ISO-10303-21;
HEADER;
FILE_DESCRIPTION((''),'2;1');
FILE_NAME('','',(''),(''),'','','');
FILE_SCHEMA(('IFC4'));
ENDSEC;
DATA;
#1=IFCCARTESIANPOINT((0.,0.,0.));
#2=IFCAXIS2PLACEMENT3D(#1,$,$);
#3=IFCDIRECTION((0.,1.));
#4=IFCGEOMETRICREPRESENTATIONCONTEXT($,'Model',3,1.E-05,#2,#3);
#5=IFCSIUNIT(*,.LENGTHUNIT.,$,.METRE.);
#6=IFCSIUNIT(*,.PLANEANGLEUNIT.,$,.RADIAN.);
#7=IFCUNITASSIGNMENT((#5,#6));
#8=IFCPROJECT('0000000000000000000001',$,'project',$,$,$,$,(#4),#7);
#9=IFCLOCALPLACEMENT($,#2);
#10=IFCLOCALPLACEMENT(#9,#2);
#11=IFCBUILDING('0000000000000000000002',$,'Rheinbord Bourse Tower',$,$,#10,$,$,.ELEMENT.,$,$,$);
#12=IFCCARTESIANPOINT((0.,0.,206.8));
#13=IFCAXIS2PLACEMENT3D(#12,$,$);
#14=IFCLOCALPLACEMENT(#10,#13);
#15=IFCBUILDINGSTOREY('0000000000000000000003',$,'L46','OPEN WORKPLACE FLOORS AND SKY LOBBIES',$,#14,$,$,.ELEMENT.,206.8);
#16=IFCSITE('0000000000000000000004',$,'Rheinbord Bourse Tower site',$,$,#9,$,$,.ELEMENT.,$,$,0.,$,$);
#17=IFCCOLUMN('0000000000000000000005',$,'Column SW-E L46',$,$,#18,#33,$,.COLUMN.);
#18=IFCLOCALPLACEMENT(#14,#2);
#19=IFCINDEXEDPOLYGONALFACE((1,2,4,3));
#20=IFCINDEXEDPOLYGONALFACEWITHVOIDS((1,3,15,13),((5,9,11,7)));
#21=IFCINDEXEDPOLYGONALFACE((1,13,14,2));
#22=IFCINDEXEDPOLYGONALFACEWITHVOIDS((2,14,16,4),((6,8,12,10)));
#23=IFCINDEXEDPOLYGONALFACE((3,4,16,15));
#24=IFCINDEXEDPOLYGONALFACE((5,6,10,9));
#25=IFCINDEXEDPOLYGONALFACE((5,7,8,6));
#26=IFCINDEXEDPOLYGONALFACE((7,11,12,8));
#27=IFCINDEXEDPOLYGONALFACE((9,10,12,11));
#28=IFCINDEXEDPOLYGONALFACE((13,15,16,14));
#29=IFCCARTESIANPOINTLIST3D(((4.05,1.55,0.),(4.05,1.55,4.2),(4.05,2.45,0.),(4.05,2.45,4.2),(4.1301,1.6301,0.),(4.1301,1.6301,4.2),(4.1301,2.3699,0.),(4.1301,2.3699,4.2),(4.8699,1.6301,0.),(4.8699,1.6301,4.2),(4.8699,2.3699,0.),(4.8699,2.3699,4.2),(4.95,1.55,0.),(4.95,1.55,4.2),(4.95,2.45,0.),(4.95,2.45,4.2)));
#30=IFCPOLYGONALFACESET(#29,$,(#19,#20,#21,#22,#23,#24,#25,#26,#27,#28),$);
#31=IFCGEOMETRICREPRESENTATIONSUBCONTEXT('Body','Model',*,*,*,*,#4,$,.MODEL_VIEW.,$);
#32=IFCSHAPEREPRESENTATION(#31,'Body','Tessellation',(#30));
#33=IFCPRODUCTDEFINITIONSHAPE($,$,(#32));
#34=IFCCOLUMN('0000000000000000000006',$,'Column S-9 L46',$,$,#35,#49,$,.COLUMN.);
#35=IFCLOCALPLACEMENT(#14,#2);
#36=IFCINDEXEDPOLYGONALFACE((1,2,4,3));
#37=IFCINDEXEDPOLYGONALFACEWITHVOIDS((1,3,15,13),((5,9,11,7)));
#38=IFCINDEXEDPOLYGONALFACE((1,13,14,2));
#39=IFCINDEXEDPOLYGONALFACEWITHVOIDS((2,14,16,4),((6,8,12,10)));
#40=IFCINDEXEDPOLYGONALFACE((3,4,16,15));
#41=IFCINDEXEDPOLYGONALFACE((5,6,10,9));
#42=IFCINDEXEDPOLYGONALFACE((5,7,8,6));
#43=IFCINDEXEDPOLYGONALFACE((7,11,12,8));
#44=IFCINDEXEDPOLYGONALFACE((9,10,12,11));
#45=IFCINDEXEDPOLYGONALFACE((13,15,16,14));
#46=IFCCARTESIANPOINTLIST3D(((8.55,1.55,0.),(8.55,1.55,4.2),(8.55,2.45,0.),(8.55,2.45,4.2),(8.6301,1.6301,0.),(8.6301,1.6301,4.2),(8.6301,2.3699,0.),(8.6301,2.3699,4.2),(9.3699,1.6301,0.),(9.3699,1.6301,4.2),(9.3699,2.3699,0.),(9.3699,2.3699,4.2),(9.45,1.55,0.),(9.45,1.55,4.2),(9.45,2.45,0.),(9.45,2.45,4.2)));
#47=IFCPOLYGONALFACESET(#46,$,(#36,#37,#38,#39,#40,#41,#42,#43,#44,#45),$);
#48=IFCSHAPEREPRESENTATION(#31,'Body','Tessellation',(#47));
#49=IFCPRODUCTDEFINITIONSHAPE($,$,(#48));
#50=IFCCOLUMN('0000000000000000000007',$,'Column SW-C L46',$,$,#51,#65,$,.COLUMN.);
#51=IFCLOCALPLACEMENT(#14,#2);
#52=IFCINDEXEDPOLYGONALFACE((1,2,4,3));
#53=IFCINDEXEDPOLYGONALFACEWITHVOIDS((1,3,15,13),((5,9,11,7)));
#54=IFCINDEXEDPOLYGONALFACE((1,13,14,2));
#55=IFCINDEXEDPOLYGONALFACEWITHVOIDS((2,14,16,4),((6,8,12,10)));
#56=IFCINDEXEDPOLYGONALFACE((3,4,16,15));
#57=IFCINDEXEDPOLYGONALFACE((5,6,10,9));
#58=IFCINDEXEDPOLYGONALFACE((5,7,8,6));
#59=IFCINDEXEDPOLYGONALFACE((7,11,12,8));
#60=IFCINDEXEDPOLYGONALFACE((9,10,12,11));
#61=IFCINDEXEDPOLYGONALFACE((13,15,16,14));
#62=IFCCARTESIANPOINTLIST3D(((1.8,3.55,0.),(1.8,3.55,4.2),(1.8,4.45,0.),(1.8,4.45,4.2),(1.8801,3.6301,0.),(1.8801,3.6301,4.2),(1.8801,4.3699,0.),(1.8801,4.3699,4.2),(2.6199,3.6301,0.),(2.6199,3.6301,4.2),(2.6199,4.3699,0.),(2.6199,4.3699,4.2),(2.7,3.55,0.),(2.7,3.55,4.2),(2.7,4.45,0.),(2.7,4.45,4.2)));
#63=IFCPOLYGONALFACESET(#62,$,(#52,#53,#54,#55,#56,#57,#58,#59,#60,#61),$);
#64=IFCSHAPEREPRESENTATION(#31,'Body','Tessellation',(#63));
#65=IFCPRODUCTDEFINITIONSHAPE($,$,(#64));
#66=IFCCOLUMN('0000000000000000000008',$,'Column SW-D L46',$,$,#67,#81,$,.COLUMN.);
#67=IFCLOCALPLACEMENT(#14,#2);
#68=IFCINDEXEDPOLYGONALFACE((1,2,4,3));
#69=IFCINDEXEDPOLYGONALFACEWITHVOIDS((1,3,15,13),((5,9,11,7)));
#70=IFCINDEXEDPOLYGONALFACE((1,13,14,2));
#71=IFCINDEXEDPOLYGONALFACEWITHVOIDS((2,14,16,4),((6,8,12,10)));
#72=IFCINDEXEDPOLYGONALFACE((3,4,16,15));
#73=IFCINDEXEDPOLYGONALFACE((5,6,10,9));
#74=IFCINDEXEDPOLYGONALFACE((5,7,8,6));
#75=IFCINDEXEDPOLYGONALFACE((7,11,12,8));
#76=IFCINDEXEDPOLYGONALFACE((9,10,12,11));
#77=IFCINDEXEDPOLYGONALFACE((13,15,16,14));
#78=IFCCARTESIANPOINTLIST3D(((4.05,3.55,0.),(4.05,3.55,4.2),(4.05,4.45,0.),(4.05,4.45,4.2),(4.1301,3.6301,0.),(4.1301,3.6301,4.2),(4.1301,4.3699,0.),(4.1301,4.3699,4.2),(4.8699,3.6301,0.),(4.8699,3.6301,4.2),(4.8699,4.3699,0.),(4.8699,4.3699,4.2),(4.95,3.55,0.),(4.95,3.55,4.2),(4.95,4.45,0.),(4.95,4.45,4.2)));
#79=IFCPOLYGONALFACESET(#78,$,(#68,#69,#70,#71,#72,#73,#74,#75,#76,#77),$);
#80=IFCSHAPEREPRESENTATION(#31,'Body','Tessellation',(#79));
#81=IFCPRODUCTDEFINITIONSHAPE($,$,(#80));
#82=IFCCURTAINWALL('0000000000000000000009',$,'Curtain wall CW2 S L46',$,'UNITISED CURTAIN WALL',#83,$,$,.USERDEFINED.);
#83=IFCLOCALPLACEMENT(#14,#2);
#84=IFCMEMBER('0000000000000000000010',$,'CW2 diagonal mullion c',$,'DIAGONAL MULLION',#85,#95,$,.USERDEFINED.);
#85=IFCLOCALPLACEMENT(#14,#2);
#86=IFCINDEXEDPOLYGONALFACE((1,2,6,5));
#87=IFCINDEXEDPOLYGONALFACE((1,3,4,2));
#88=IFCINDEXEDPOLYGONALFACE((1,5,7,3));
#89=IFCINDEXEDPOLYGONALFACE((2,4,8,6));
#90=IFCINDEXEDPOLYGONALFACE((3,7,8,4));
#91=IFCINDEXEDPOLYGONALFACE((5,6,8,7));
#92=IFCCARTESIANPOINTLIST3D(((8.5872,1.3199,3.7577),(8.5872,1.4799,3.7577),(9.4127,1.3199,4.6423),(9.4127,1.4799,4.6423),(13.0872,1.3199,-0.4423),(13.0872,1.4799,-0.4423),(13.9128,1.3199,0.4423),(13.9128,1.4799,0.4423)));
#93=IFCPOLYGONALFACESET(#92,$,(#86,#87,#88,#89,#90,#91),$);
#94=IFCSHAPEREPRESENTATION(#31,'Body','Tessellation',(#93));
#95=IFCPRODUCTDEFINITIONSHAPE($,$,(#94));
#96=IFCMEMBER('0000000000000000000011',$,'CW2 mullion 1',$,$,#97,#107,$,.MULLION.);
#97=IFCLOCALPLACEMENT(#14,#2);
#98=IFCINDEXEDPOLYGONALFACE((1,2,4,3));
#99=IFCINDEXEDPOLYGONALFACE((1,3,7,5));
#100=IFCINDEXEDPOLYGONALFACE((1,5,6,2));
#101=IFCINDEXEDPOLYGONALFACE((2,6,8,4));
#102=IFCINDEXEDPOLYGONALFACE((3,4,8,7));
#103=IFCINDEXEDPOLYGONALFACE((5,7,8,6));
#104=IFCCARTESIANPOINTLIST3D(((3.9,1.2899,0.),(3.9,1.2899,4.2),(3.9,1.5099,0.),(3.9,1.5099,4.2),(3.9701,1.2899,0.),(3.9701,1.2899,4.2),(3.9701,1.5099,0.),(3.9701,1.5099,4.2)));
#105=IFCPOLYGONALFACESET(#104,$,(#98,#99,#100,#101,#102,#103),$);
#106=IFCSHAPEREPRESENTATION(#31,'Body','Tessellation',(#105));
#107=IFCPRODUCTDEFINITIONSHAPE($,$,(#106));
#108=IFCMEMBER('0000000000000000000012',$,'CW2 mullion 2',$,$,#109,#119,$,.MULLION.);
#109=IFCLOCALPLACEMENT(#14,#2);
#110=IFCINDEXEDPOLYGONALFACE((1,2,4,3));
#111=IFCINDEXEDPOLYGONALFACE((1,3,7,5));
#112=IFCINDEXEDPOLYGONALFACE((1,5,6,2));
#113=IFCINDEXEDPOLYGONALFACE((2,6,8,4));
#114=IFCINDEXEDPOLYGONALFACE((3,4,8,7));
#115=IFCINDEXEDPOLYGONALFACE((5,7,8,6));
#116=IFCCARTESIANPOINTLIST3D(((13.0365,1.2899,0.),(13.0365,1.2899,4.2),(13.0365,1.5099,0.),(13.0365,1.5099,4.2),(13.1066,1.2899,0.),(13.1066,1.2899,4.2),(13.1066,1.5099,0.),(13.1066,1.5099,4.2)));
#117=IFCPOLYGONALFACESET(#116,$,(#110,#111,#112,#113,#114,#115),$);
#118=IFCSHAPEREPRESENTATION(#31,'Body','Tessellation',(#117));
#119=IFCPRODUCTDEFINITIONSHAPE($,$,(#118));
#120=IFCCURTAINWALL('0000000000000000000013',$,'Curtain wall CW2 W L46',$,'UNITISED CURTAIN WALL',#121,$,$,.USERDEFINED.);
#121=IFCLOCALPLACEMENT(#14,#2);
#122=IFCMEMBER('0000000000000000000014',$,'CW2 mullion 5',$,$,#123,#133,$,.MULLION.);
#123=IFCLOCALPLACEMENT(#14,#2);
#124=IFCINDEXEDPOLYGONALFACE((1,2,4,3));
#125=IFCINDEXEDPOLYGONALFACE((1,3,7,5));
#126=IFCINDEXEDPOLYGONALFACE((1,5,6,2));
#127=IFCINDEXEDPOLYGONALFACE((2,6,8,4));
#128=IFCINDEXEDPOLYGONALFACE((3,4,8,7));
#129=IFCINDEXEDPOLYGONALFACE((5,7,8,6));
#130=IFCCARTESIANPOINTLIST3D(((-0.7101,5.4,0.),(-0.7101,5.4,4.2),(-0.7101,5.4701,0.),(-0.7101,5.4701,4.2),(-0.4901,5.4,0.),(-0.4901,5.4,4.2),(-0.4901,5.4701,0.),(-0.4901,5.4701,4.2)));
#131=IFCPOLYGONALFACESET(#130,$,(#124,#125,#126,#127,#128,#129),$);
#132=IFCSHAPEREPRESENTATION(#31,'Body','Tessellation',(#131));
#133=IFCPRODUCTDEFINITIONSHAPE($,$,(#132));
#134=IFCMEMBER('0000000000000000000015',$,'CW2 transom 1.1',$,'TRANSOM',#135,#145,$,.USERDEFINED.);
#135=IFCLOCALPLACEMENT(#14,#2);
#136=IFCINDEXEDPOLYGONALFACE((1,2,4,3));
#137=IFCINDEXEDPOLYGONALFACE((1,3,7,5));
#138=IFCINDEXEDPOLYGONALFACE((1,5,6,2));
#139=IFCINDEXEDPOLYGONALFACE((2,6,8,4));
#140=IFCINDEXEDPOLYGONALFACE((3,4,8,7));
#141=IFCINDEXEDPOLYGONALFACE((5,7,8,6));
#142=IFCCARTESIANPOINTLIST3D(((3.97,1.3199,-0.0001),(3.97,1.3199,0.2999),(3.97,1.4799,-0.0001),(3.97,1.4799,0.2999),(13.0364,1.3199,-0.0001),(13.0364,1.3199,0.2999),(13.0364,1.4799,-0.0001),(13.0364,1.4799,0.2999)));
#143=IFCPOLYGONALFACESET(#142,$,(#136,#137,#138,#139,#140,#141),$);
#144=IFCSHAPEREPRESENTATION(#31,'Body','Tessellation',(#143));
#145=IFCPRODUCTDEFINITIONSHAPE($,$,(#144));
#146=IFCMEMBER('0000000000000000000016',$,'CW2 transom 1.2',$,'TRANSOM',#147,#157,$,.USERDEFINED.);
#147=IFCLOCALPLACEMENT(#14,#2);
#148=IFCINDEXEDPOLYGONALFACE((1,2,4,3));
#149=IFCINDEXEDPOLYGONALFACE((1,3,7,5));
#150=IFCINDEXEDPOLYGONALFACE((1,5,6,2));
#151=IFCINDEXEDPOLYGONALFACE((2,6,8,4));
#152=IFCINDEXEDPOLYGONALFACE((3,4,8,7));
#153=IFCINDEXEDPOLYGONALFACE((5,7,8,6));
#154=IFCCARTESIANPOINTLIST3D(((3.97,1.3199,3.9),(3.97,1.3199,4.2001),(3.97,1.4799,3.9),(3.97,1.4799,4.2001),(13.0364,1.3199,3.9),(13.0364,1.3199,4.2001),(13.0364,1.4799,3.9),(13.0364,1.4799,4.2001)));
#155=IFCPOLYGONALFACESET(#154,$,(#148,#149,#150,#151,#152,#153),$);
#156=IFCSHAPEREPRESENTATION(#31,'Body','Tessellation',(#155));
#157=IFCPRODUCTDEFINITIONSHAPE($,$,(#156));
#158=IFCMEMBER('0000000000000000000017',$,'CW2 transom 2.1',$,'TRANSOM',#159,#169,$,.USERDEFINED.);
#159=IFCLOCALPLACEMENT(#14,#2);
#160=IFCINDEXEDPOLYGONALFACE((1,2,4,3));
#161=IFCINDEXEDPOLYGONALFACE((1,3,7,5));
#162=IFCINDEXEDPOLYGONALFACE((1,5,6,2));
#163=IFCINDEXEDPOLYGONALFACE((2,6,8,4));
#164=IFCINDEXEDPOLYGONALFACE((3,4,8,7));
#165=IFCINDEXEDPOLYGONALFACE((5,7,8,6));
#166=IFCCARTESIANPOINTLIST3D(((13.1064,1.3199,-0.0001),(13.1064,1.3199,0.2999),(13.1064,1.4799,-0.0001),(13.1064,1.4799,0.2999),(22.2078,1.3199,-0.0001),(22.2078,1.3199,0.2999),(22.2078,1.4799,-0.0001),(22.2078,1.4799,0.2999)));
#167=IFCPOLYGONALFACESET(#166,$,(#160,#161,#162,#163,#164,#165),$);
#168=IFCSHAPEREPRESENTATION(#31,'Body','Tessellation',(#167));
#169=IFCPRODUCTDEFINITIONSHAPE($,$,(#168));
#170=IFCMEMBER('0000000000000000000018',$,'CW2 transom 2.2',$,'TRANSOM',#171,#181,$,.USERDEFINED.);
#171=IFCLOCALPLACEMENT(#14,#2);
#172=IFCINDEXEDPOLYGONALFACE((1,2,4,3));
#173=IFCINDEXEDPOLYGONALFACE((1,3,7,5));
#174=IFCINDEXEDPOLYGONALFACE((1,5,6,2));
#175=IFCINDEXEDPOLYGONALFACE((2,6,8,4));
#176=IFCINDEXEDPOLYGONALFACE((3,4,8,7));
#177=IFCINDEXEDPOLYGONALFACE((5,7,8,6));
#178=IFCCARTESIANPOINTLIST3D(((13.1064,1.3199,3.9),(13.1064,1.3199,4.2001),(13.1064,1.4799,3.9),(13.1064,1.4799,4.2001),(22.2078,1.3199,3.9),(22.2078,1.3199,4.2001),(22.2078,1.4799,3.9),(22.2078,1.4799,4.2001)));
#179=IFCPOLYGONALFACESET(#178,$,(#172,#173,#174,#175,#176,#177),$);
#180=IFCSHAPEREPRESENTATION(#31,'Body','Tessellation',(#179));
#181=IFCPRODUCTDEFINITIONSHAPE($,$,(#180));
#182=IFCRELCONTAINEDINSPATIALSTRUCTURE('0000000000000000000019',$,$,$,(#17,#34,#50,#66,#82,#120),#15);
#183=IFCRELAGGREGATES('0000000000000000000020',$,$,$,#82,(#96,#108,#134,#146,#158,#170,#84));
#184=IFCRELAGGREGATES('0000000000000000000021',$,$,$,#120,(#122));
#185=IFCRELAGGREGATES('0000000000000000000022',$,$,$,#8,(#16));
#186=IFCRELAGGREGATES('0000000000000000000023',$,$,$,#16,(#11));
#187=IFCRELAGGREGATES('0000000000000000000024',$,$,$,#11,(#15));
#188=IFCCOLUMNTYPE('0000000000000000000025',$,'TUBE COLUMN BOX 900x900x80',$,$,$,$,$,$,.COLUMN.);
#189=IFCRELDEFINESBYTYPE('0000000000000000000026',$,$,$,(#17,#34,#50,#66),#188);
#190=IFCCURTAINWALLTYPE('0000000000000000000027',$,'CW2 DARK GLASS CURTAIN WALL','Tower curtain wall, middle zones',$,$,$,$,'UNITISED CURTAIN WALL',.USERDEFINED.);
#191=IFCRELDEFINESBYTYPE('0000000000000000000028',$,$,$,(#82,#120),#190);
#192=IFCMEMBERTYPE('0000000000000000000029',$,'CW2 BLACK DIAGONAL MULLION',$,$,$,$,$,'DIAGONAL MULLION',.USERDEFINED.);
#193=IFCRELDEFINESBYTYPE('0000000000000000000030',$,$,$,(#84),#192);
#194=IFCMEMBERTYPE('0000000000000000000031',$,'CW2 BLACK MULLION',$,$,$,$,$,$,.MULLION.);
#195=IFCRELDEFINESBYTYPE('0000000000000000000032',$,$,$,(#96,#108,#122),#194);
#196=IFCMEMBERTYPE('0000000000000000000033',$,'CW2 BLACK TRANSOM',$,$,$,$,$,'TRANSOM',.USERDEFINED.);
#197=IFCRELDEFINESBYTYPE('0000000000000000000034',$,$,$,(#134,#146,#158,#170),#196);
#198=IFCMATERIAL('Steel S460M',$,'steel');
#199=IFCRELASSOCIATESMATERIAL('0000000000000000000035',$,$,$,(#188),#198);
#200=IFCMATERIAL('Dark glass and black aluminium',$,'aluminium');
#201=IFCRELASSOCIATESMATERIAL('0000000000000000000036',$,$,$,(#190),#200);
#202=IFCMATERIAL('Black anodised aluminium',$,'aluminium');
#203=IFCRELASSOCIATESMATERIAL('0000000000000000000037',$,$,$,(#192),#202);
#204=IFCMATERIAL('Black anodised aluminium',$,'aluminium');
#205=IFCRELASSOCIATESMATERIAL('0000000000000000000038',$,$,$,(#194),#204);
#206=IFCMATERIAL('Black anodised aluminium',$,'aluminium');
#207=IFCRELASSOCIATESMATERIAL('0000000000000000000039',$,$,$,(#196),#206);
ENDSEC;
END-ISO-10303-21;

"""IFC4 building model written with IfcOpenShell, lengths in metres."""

from ifc_helpers import new_model, si_unit, direction, frame, origin, origin_2d, place, context, subcontext, project, spatial, rectangle, hollow_rectangle, extrude, material, material_profile, profile_set, type_object, element, aggregate, save


model = new_model("IFC4")

# Units and contexts
model_context = context("Model", 3, precision=1e-05, world=origin(), true_north=direction((0.0, 1.0)))
body_context = subcontext(model_context, "Body", "Model", "MODEL_VIEW")
ifc_project = project(units=[si_unit("LENGTHUNIT", "METRE"), si_unit("PLANEANGLEUNIT", "RADIAN")], contexts=[model_context])

# Site, building, storey
site_placement = place(None, origin())
site = spatial("IfcSite", under=ifc_project, at=site_placement, Name="Rheinbord Bourse Tower site", CompositionType="ELEMENT", RefElevation=0.0)
building_placement = place(site_placement, origin())
building = spatial("IfcBuilding", under=site, at=building_placement, Name="Rheinbord Bourse Tower", CompositionType="ELEMENT")
storey_placement = place(building_placement, frame((0.0, 0.0, 206.8)))
storey = spatial("IfcBuildingStorey", under=building, at=storey_placement, Name="L46", Description="OPEN WORKPLACE FLOORS AND SKY LOBBIES", CompositionType="ELEMENT", Elevation=206.8)

# Columns
ifc_material_1 = material(Name="Steel S460M", Category="steel")
ifc_material_profile_1 = material_profile(ifc_material_1, hollow_rectangle(XDim=0.8999, YDim=0.8999, WallThickness=0.0801, at=origin_2d()), Name="BOX 900x900x80")
ifc_profile_set_1 = profile_set([ifc_material_profile_1], Name="Steel S460M")
column_type = type_object("IfcColumnType", Name="TUBE COLUMN BOX 900x900x80", PredefinedType="COLUMN", material=ifc_profile_set_1)
for number, where, z_axis, x_axis, name in (
    (1, (4.5, 2.0, 0.0), (0.0, 0.0, 1.0), (0.0, 1.0, 0.0), "Column SW-E L46"),
    (2, (9.0, 2.0, 0.0), (0.0, 0.0, 1.0), (0.0, 1.0, 0.0), "Column S-9 L46"),
    (3, (2.25, 4.0, 0.0), (0.0, 0.0, 1.0), (1.0, 0.0, 0.0), "Column SW-C L46"),
    (4, (4.5, 4.0, 0.0), (0.0, 0.0, 1.0), (0.0, 1.0, 0.0), "Column SW-D L46"),
):
    element("IfcColumn", number, at=place(storey_placement, frame(where, z_axis=z_axis, x_axis=x_axis)), inside=storey, type_object=column_type, Name=name, PredefinedType="COLUMN", context=body_context, shape_type="SweptSolid", body=[
        extrude(hollow_rectangle(XDim=0.8999, YDim=0.8999, WallThickness=0.0801, at=origin_2d()), origin(), (0.0, 0.0, 1.0), 4.2),
    ])

# Curtain wall, members
ifc_material_2 = material(Name="Dark glass and black aluminium", Category="aluminium")
curtain_wall_type = type_object("IfcCurtainWallType", Name="CW2 DARK GLASS CURTAIN WALL", Description="Tower curtain wall, middle zones", ElementType="UNITISED CURTAIN WALL", PredefinedType="USERDEFINED", material=ifc_material_2)
curtain_wall_1_placement = place(storey_placement, origin())
curtain_wall_1 = element("IfcCurtainWall", 5, at=curtain_wall_1_placement, inside=storey, type_object=curtain_wall_type, Name="Curtain wall CW2 S L46", ObjectType="UNITISED CURTAIN WALL", PredefinedType="USERDEFINED")
ifc_material_3 = material(Name="Black anodised aluminium", Category="aluminium")
ifc_material_profile_2 = material_profile(ifc_material_3, rectangle(XDim=0.1599, YDim=1.21, at=origin_2d()), Name="CW2 DIAGONAL MULLION 1210x160")
ifc_profile_set_2 = profile_set([ifc_material_profile_2], Name="Black anodised aluminium")
member_type_1 = type_object("IfcMemberType", Name="CW2 BLACK DIAGONAL MULLION", ElementType="DIAGONAL MULLION", PredefinedType="USERDEFINED", material=ifc_profile_set_2)
member_1_placement = place(storey_placement, frame((13.5, 1.3999, 0.0), z_axis=(-0.731059, 0.0, 0.682314), x_axis=(0.0, -1.0, 0.0)))
member_1 = element("IfcMember", 6, at=member_1_placement, type_object=member_type_1, Name="CW2 diagonal mullion c", ObjectType="DIAGONAL MULLION", PredefinedType="USERDEFINED", context=body_context, shape_type="SweptSolid", body=[
    extrude(rectangle(XDim=0.1599, YDim=1.21, at=origin_2d()), origin(), (0.0, 0.0, 1.0), 6.1555),
])
ifc_material_4 = material(Name="Black anodised aluminium", Category="aluminium")
ifc_material_profile_3 = material_profile(ifc_material_4, rectangle(XDim=0.22, YDim=0.0701, at=origin_2d()), Name="CW2 MULLION 70x220")
ifc_profile_set_3 = profile_set([ifc_material_profile_3], Name="Black anodised aluminium")
member_type_2 = type_object("IfcMemberType", Name="CW2 BLACK MULLION", PredefinedType="MULLION", material=ifc_profile_set_3)
member_2_placement = place(storey_placement, frame((3.9351, 1.3999, 0.0), z_axis=(0.0, 0.0, 1.0), x_axis=(0.0, 1.0, 0.0)))
member_2 = element("IfcMember", 7, at=member_2_placement, type_object=member_type_2, Name="CW2 mullion 1", PredefinedType="MULLION", context=body_context, shape_type="SweptSolid", body=[
    extrude(rectangle(XDim=0.22, YDim=0.0701, at=origin_2d()), origin(), (0.0, 0.0, 1.0), 4.2),
])
member_3_placement = place(storey_placement, frame((13.0715, 1.3999, 0.0), z_axis=(0.0, 0.0, 1.0), x_axis=(0.0, 1.0, 0.0)))
member_3 = element("IfcMember", 8, at=member_3_placement, type_object=member_type_2, Name="CW2 mullion 2", PredefinedType="MULLION", context=body_context, shape_type="SweptSolid", body=[
    extrude(rectangle(XDim=0.22, YDim=0.0701, at=origin_2d()), origin(), (0.0, 0.0, 1.0), 4.2),
])

# Curtain wall, member
curtain_wall_2_placement = place(storey_placement, origin())
curtain_wall_2 = element("IfcCurtainWall", 9, at=curtain_wall_2_placement, inside=storey, type_object=curtain_wall_type, Name="Curtain wall CW2 W L46", ObjectType="UNITISED CURTAIN WALL", PredefinedType="USERDEFINED")
member_4_placement = place(storey_placement, frame((-0.6001, 5.4351, 0.0), z_axis=(0.0, 0.0, 1.0), x_axis=(1.0, 0.0, 0.0)))
member_4 = element("IfcMember", 10, at=member_4_placement, type_object=member_type_2, Name="CW2 mullion 5", PredefinedType="MULLION", context=body_context, shape_type="SweptSolid", body=[
    extrude(rectangle(XDim=0.22, YDim=0.0701, at=origin_2d()), origin(), (0.0, 0.0, 1.0), 4.2),
])

# Members
ifc_material_5 = material(Name="Black anodised aluminium", Category="aluminium")
ifc_material_profile_4 = material_profile(ifc_material_5, rectangle(XDim=0.1599, YDim=0.3, at=origin_2d()), Name="CW2 TRANSOM 300x160")
ifc_profile_set_4 = profile_set([ifc_material_profile_4], Name="Black anodised aluminium")
member_type_3 = type_object("IfcMemberType", Name="CW2 BLACK TRANSOM", ElementType="TRANSOM", PredefinedType="USERDEFINED", material=ifc_profile_set_4)
member_5_placement = place(storey_placement, frame((3.97, 1.3999, 0.1499), z_axis=(1.0, 0.0, 0.0), x_axis=(0.0, 1.0, 0.0)))
member_5 = element("IfcMember", 11, at=member_5_placement, type_object=member_type_3, Name="CW2 transom 1.1", ObjectType="TRANSOM", PredefinedType="USERDEFINED", context=body_context, shape_type="SweptSolid", body=[
    extrude(rectangle(XDim=0.1599, YDim=0.3, at=origin_2d()), origin(), (0.0, 0.0, 1.0), 9.0664),
])
member_6_placement = place(storey_placement, frame((3.97, 1.3999, 4.05), z_axis=(1.0, 0.0, 0.0), x_axis=(0.0, 1.0, 0.0)))
member_6 = element("IfcMember", 12, at=member_6_placement, type_object=member_type_3, Name="CW2 transom 1.2", ObjectType="TRANSOM", PredefinedType="USERDEFINED", context=body_context, shape_type="SweptSolid", body=[
    extrude(rectangle(XDim=0.1599, YDim=0.3, at=origin_2d()), origin(), (0.0, 0.0, 1.0), 9.0664),
])
member_7_placement = place(storey_placement, frame((13.1064, 1.3999, 0.1499), z_axis=(1.0, 0.0, 0.0), x_axis=(0.0, 1.0, 0.0)))
member_7 = element("IfcMember", 13, at=member_7_placement, type_object=member_type_3, Name="CW2 transom 2.1", ObjectType="TRANSOM", PredefinedType="USERDEFINED", context=body_context, shape_type="SweptSolid", body=[
    extrude(rectangle(XDim=0.1599, YDim=0.3, at=origin_2d()), origin(), (0.0, 0.0, 1.0), 9.1013),
])
member_8_placement = place(storey_placement, frame((13.1064, 1.3999, 4.05), z_axis=(1.0, 0.0, 0.0), x_axis=(0.0, 1.0, 0.0)))
member_8 = element("IfcMember", 14, at=member_8_placement, type_object=member_type_3, Name="CW2 transom 2.2", ObjectType="TRANSOM", PredefinedType="USERDEFINED", context=body_context, shape_type="SweptSolid", body=[
    extrude(rectangle(XDim=0.1599, YDim=0.3, at=origin_2d()), origin(), (0.0, 0.0, 1.0), 9.1013),
])

aggregate(curtain_wall_1, [member_2, member_3, member_5, member_6, member_7, member_8, member_1])
aggregate(curtain_wall_2, [member_4])

save(model, "model.ifc")
